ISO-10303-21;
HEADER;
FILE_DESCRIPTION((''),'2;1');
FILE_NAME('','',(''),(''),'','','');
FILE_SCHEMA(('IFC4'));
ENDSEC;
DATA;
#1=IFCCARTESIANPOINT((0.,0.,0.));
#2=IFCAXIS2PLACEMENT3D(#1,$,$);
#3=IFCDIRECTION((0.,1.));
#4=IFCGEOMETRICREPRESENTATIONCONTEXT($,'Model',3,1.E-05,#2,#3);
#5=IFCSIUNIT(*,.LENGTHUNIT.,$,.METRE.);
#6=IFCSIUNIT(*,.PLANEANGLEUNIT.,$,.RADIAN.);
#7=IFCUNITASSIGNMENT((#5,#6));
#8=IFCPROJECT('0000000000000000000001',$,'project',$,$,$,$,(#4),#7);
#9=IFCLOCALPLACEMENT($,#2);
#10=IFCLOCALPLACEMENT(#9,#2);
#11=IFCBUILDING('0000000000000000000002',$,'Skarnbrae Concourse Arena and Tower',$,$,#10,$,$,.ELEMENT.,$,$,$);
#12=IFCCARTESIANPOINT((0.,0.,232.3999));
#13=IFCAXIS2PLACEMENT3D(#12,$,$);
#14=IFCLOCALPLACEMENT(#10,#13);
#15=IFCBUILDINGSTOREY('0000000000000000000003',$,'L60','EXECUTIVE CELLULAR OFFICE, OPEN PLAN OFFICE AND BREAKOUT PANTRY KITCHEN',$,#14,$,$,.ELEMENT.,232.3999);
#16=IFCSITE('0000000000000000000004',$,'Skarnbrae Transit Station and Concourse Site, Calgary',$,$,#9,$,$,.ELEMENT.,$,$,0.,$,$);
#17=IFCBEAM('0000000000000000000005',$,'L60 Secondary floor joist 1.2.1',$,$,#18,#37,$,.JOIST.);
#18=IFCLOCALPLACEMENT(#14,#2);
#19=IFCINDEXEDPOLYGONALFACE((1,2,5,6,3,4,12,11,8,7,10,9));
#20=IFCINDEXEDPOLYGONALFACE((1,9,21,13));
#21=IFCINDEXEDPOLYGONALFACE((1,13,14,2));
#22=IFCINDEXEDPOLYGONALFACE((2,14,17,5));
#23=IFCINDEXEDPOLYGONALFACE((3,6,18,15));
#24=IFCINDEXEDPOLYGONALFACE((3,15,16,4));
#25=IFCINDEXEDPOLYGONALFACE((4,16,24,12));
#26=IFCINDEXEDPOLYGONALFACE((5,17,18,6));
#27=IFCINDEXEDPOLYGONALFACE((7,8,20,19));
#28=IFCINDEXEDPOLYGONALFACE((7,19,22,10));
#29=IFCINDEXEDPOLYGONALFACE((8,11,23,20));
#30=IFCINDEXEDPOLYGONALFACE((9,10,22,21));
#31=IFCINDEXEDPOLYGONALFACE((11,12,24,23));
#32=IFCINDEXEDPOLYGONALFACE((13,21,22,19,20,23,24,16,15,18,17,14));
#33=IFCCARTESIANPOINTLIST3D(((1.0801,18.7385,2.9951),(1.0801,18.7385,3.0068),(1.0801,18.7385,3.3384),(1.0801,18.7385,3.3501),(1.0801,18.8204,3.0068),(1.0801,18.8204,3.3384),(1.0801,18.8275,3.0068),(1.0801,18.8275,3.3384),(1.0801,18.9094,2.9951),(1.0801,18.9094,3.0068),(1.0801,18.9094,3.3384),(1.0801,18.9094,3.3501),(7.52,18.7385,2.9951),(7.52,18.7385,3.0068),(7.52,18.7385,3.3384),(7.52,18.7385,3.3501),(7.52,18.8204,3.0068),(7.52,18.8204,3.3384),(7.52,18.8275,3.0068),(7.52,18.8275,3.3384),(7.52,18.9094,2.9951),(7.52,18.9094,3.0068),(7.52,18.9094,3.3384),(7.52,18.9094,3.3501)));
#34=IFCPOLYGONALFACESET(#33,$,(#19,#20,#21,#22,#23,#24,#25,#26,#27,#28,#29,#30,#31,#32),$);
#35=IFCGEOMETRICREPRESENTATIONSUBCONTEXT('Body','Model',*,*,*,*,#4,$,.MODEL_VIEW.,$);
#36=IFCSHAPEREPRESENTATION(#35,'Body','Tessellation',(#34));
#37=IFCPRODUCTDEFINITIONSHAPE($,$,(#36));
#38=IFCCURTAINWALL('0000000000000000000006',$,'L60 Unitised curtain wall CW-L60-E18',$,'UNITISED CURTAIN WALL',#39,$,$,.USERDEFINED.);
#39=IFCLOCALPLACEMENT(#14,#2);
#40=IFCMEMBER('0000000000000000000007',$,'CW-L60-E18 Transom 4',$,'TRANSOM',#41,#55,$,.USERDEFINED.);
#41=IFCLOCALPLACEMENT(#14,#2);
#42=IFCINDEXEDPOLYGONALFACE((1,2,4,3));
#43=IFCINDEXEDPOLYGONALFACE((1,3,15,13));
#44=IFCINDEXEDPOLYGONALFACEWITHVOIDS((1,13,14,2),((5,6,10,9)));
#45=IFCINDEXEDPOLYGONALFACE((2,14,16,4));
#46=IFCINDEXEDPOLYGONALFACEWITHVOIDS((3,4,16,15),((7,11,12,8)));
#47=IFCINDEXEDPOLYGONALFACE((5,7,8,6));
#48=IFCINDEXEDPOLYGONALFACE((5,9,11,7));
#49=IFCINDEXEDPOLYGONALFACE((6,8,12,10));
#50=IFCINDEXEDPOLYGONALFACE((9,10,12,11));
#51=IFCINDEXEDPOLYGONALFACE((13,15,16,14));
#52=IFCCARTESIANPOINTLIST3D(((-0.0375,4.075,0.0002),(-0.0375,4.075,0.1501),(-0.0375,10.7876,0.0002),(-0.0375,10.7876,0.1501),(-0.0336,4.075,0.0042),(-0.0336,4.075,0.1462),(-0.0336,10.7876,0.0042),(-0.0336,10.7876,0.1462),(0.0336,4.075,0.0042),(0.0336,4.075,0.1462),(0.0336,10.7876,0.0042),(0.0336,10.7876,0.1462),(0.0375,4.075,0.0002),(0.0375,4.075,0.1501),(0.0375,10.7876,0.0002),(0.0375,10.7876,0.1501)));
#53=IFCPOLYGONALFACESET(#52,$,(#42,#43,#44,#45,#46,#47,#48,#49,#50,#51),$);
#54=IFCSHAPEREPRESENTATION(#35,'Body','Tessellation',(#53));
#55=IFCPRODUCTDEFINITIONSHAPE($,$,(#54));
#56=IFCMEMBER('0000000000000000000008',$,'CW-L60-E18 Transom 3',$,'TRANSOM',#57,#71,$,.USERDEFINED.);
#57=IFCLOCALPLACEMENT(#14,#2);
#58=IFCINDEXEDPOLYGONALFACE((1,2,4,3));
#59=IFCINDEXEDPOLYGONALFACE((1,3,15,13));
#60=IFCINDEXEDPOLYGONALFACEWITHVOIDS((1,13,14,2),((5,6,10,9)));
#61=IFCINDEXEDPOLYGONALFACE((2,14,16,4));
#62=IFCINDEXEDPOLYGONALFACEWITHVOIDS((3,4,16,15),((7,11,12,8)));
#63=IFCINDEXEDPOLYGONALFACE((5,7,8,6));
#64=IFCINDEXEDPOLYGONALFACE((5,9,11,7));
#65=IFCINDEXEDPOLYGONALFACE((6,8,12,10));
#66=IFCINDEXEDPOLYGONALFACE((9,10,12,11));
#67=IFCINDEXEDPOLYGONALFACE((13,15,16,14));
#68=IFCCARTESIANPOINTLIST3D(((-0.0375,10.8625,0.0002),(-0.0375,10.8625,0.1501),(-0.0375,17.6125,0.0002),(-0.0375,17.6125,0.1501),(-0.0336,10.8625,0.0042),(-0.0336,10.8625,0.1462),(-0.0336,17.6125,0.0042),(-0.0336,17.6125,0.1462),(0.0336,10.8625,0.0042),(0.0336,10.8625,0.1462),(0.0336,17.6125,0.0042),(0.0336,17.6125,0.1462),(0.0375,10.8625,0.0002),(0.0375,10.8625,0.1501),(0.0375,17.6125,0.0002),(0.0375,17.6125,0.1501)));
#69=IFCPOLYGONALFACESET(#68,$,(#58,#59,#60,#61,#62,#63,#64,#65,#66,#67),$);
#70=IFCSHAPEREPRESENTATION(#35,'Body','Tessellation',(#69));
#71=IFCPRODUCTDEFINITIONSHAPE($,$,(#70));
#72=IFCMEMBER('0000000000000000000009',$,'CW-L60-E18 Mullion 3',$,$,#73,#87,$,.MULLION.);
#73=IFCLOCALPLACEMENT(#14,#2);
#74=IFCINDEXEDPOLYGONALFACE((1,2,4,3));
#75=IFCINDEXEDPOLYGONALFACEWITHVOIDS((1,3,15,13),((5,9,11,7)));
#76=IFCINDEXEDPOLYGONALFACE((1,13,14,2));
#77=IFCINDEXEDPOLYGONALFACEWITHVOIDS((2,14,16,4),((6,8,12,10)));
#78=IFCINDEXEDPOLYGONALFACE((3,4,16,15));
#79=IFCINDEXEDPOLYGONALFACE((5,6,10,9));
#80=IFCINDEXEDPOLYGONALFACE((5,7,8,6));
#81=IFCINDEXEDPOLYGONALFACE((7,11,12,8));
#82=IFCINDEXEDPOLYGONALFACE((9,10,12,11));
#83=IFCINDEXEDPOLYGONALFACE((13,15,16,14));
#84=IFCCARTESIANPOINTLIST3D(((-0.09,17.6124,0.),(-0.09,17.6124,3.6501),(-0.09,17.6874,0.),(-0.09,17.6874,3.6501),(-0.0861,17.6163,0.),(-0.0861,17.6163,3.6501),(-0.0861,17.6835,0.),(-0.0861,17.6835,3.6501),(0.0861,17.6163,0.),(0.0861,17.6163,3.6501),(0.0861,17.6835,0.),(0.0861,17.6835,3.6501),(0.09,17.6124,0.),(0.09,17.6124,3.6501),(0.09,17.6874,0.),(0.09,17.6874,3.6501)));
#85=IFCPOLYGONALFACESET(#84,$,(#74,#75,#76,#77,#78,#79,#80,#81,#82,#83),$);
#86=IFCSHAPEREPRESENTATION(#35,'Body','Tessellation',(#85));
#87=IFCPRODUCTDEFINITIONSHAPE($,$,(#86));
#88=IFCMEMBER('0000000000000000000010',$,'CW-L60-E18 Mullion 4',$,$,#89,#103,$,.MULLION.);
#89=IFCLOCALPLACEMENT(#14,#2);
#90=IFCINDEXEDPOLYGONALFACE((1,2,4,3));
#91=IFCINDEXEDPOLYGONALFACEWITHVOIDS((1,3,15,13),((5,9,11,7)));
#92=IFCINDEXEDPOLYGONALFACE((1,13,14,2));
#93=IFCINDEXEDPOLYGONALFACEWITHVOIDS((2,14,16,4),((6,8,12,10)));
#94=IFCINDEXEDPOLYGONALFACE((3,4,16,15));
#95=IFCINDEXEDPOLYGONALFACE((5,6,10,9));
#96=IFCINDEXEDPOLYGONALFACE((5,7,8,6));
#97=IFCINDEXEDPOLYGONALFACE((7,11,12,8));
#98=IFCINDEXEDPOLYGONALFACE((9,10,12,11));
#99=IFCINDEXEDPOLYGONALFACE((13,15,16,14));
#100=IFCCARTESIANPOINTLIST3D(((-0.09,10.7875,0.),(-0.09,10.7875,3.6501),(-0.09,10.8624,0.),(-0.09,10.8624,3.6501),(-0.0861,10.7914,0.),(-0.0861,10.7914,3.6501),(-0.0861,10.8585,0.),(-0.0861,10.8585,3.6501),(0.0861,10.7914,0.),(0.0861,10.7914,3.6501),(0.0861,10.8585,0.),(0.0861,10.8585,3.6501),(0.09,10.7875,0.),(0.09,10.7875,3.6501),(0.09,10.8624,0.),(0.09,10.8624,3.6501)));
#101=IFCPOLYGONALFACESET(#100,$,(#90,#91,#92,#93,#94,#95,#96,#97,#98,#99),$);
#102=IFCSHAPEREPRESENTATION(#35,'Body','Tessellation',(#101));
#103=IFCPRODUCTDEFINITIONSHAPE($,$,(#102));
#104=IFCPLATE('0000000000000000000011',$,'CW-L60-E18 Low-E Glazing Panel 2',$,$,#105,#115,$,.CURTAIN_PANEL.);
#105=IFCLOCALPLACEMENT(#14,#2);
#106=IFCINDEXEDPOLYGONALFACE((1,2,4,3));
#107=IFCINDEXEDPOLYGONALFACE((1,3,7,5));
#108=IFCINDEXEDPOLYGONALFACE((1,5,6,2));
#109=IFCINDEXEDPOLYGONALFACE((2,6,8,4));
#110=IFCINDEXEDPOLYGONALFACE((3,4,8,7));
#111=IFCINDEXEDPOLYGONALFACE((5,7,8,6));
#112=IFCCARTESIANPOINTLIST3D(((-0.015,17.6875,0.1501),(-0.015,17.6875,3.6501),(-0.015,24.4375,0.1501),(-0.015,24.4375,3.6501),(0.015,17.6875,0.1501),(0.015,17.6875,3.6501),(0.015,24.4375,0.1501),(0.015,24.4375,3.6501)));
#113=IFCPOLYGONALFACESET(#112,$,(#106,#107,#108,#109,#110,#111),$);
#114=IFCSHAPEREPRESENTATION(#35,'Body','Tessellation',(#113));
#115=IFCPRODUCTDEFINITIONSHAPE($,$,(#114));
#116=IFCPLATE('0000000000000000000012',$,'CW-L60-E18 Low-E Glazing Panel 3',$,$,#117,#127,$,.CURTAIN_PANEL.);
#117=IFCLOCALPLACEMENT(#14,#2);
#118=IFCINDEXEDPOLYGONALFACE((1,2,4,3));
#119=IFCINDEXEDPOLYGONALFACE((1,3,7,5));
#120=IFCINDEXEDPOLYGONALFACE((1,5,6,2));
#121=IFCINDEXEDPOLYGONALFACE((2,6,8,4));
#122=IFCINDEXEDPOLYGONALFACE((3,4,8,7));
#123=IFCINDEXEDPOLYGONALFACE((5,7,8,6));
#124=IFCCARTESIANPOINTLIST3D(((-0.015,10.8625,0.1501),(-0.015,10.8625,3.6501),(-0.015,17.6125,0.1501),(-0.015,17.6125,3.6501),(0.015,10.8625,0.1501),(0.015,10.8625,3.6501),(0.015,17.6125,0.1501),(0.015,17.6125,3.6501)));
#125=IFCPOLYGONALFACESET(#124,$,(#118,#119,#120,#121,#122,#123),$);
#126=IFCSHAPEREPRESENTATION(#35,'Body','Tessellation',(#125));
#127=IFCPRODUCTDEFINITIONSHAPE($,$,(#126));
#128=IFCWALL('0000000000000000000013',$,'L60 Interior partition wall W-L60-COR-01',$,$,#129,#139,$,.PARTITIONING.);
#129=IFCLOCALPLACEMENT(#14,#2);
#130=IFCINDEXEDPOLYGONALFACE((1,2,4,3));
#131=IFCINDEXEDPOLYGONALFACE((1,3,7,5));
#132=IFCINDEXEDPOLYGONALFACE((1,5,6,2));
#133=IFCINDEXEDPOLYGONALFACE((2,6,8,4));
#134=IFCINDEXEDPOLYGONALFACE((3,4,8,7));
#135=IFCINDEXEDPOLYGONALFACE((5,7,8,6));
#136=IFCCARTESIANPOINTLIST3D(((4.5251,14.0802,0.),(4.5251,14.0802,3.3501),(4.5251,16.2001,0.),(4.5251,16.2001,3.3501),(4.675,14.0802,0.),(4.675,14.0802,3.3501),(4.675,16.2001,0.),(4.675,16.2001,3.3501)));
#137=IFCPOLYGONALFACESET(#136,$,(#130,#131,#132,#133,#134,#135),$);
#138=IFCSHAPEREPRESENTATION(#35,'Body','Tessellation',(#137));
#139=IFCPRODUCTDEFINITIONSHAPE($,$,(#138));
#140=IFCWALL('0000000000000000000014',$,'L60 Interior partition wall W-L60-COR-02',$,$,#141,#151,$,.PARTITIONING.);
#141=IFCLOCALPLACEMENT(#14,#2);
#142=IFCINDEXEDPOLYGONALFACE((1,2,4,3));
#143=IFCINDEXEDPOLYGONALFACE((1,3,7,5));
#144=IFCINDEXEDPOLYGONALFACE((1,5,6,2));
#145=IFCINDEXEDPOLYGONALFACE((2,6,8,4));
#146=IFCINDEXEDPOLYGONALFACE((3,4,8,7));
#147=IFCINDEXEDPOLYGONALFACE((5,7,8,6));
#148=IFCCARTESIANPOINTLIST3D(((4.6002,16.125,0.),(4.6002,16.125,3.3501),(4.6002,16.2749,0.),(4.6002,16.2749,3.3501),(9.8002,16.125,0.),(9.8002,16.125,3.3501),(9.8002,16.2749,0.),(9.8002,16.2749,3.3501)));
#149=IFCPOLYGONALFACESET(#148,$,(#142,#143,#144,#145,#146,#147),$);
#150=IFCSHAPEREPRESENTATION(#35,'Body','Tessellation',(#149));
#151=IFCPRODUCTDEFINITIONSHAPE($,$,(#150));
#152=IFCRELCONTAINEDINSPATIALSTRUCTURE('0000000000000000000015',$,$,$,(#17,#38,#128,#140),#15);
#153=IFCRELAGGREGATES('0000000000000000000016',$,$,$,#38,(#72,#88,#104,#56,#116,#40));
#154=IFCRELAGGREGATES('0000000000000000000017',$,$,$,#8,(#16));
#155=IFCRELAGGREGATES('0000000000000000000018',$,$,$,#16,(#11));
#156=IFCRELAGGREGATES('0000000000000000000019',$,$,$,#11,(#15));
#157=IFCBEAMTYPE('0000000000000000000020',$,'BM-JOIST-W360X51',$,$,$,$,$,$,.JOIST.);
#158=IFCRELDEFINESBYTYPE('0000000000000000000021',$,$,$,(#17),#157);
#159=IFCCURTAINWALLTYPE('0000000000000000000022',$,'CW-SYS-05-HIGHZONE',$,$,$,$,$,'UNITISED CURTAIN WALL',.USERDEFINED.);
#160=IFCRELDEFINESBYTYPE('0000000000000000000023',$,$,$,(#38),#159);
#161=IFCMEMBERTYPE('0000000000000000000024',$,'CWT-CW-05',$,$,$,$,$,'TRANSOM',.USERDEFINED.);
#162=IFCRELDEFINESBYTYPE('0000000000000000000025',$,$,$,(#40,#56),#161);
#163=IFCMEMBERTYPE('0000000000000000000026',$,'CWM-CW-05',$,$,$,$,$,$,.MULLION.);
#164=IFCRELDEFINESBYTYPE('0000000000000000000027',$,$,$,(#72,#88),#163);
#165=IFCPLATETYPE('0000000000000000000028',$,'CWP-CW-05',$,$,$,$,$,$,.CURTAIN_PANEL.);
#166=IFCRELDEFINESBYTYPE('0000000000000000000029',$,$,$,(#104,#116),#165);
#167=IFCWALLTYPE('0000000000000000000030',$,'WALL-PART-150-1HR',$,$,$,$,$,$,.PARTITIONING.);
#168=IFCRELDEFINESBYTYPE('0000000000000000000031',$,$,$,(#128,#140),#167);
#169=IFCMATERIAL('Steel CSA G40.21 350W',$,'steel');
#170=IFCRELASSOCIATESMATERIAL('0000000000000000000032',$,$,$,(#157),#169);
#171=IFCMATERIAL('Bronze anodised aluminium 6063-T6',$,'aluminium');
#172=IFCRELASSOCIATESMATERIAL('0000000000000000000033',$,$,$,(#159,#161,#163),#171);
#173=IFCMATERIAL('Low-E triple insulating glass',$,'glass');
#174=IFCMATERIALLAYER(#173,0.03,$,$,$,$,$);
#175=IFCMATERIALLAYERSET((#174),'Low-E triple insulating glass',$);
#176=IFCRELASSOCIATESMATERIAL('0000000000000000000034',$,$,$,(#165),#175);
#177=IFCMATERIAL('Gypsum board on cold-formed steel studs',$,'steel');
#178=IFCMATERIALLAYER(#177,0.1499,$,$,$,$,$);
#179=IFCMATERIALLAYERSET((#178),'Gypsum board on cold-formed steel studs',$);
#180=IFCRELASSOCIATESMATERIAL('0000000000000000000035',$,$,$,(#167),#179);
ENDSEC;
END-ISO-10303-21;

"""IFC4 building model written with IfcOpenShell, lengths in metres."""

from ifc_helpers import new_model, si_unit, direction, frame, frame_2d, origin, origin_2d, place, context, subcontext, project, spatial, rectangle, hollow_rectangle, i_section, extrude, source, transform, mapped, material, layer, layer_set, material_profile, profile_set, type_object, element, aggregate, save


model = new_model("IFC4")

# Units and contexts
model_context = context("Model", 3, precision=1e-05, world=origin(), true_north=direction((0.0, 1.0)))
body_context = subcontext(model_context, "Body", "Model", "MODEL_VIEW")
ifc_project = project(units=[si_unit("LENGTHUNIT", "METRE"), si_unit("PLANEANGLEUNIT", "RADIAN")], contexts=[model_context])

# Site, building, storey
site_placement = place(None, origin())
site = spatial("IfcSite", under=ifc_project, at=site_placement, Name="Skarnbrae Transit Station and Concourse Site, Calgary", CompositionType="ELEMENT", RefElevation=0.0)
building_placement = place(site_placement, origin())
building = spatial("IfcBuilding", under=site, at=building_placement, Name="Skarnbrae Concourse Arena and Tower", CompositionType="ELEMENT")
storey_placement = place(building_placement, frame((0.0, 0.0, 232.3999)))
storey = spatial("IfcBuildingStorey", under=building, at=storey_placement, Name="L60", Description="EXECUTIVE CELLULAR OFFICE, OPEN PLAN OFFICE AND BREAKOUT PANTRY KITCHEN", CompositionType="ELEMENT", Elevation=232.3999)

# Shared definitions
ifc_material_1 = material(Name="Steel CSA G40.21 350W", Category="steel")

# Beam
ifc_material_profile_1 = material_profile(ifc_material_1, i_section(OverallWidth=0.1709, OverallDepth=0.355, WebThickness=0.0071, FlangeThickness=0.0117, at=origin_2d()), Name="W360X51")
ifc_profile_set_1 = profile_set([ifc_material_profile_1], Name="Steel CSA G40.21 350W")
beam_type_1 = type_object("IfcBeamType", Name="BM-JOIST-W360X51", PredefinedType="JOIST", material=ifc_profile_set_1)
shared_shape_1 = source(origin(), body_context, "Body", "SweptSolid", [
    extrude(i_section(OverallWidth=0.1709, OverallDepth=0.355, WebThickness=0.0071, FlangeThickness=0.0117, at=origin_2d()), origin(), (0.0, 0.0, 1.0), 6.4399),
])
for number, where, z_axis, x_axis, name in (
    (1, (1.0801, 18.824, 3.1726), (1.0, 0.0, 0.0), (0.0, 1.0, 0.0), "L60 Secondary floor joist 1.2.1"),
):
    element("IfcBeam", number, at=place(storey_placement, frame(where, z_axis=z_axis, x_axis=x_axis)), inside=storey, type_object=beam_type_1, Name=name, PredefinedType="JOIST", context=body_context, shape_type="MappedRepresentation", body=[
        mapped(shared_shape_1, transform((0.0, 0.0, 0.0))),
    ])

# Curtain wall, members, plates
ifc_material_2 = material(Name="Bronze anodised aluminium 6063-T6", Category="aluminium")
curtain_wall_type = type_object("IfcCurtainWallType", Name="CW-SYS-05-HIGHZONE", ElementType="UNITISED CURTAIN WALL", PredefinedType="USERDEFINED", material=ifc_material_2)
curtain_wall_placement = place(storey_placement, origin())
curtain_wall = element("IfcCurtainWall", 2, at=curtain_wall_placement, inside=storey, type_object=curtain_wall_type, Name="L60 Unitised curtain wall CW-L60-E18", ObjectType="UNITISED CURTAIN WALL", PredefinedType="USERDEFINED")
ifc_material_profile_2 = material_profile(ifc_material_2, hollow_rectangle(XDim=0.075, YDim=0.1499, WallThickness=0.0039, at=origin_2d()), Name="ALU-TRAN-75X150")
ifc_profile_set_2 = profile_set([ifc_material_profile_2], Name="Bronze anodised aluminium 6063-T6")
member_type_1 = type_object("IfcMemberType", Name="CWT-CW-05", ElementType="TRANSOM", PredefinedType="USERDEFINED", material=ifc_profile_set_2)
shared_shape_2 = source(origin(), body_context, "Body", "SweptSolid", [
    extrude(hollow_rectangle(XDim=0.075, YDim=0.1499, WallThickness=0.0039, at=origin_2d()), origin(), (0.0, 0.0, 1.0), 6.7126),
])
member_1_placement = place(storey_placement, frame((0.0, 10.7876, 0.0752), z_axis=(0.0, -1.0, 0.0), x_axis=(1.0, 0.0, 0.0)))
member_1 = element("IfcMember", 3, at=member_1_placement, type_object=member_type_1, Name="CW-L60-E18 Transom 4", ObjectType="TRANSOM", PredefinedType="USERDEFINED", context=body_context, shape_type="MappedRepresentation", body=[
    mapped(shared_shape_2, transform((0.0, 0.0, 0.0))),
])
shared_shape_3 = source(origin(), body_context, "Body", "SweptSolid", [
    extrude(hollow_rectangle(XDim=0.075, YDim=0.1499, WallThickness=0.0039, at=origin_2d()), origin(), (0.0, 0.0, 1.0), 6.75),
])
member_2_placement = place(storey_placement, frame((0.0, 17.6125, 0.0752), z_axis=(0.0, -1.0, 0.0), x_axis=(1.0, 0.0, 0.0)))
member_2 = element("IfcMember", 4, at=member_2_placement, type_object=member_type_1, Name="CW-L60-E18 Transom 3", ObjectType="TRANSOM", PredefinedType="USERDEFINED", context=body_context, shape_type="MappedRepresentation", body=[
    mapped(shared_shape_3, transform((0.0, 0.0, 0.0))),
])
ifc_material_profile_3 = material_profile(ifc_material_2, hollow_rectangle(XDim=0.075, YDim=0.1799, WallThickness=0.0039, at=origin_2d()), Name="ALU-MULL-75X180")
ifc_profile_set_3 = profile_set([ifc_material_profile_3], Name="Bronze anodised aluminium 6063-T6")
member_type_2 = type_object("IfcMemberType", Name="CWM-CW-05", PredefinedType="MULLION", material=ifc_profile_set_3)
shared_shape_4 = source(origin(), body_context, "Body", "SweptSolid", [
    extrude(hollow_rectangle(XDim=0.075, YDim=0.1799, WallThickness=0.0039, at=origin_2d()), origin(), (0.0, 0.0, 1.0), 3.6501),
])
member_3_placement = place(storey_placement, frame((0.0, 17.6499, 0.0), z_axis=(0.0, 0.0, 1.0), x_axis=(0.0, -1.0, 0.0)))
member_3 = element("IfcMember", 5, at=member_3_placement, type_object=member_type_2, Name="CW-L60-E18 Mullion 3", PredefinedType="MULLION", context=body_context, shape_type="MappedRepresentation", body=[
    mapped(shared_shape_4, transform((0.0, 0.0, 0.0))),
])
member_4_placement = place(storey_placement, frame((0.0, 10.825, 0.0), z_axis=(0.0, 0.0, 1.0), x_axis=(0.0, -1.0, 0.0)))
member_4 = element("IfcMember", 6, at=member_4_placement, type_object=member_type_2, Name="CW-L60-E18 Mullion 4", PredefinedType="MULLION", context=body_context, shape_type="MappedRepresentation", body=[
    mapped(shared_shape_4, transform((0.0, 0.0, 0.0))),
])
ifc_material_3 = material(Name="Low-E triple insulating glass", Category="glass")
ifc_layer_1 = layer(ifc_material_3, 0.03)
ifc_layer_set_1 = layer_set([ifc_layer_1], Name="Low-E triple insulating glass")
plate_type = type_object("IfcPlateType", Name="CWP-CW-05", PredefinedType="CURTAIN_PANEL", material=ifc_layer_set_1)
shared_shape_5 = source(origin(), body_context, "Body", "SweptSolid", [
    extrude(rectangle(XDim=6.75, YDim=0.03, at=origin_2d()), origin(), (0.0, 0.0, 1.0), 3.5),
])
plate_1_placement = place(storey_placement, frame((0.0, 21.0625, 0.1501), z_axis=(0.0, 0.0, 1.0), x_axis=(0.0, -1.0, 0.0)))
plate_1 = element("IfcPlate", 7, at=plate_1_placement, type_object=plate_type, Name="CW-L60-E18 Low-E Glazing Panel 2", PredefinedType="CURTAIN_PANEL", context=body_context, shape_type="MappedRepresentation", body=[
    mapped(shared_shape_5, transform((0.0, 0.0, 0.0))),
])
plate_2_placement = place(storey_placement, frame((0.0, 14.2375, 0.1501), z_axis=(0.0, 0.0, 1.0), x_axis=(0.0, -1.0, 0.0)))
plate_2 = element("IfcPlate", 8, at=plate_2_placement, type_object=plate_type, Name="CW-L60-E18 Low-E Glazing Panel 3", PredefinedType="CURTAIN_PANEL", context=body_context, shape_type="MappedRepresentation", body=[
    mapped(shared_shape_5, transform((0.0, 0.0, 0.0))),
])
aggregate(curtain_wall, [member_3, member_4, plate_1, member_2, plate_2, member_1])

# Walls
ifc_material_4 = material(Name="Gypsum board on cold-formed steel studs", Category="steel")
ifc_layer_2 = layer(ifc_material_4, 0.1499)
ifc_layer_set_2 = layer_set([ifc_layer_2], Name="Gypsum board on cold-formed steel studs")
wall_type_1 = type_object("IfcWallType", Name="WALL-PART-150-1HR", PredefinedType="PARTITIONING", material=ifc_layer_set_2)
shared_shape_6 = source(origin(), body_context, "Body", "SweptSolid", [
    extrude(rectangle(XDim=2.1199, YDim=0.1499, at=frame_2d((1.0601, 0.0))), origin(), (0.0, 0.0, 1.0), 3.3501),
])
wall_1_placement = place(storey_placement, frame((4.6001, 14.0801, 0.0), z_axis=(0.0, 0.0, 1.0), x_axis=(0.0, 1.0, 0.0)))
element("IfcWall", 9, at=wall_1_placement, inside=storey, type_object=wall_type_1, Name="L60 Interior partition wall W-L60-COR-01", PredefinedType="PARTITIONING", context=body_context, shape_type="MappedRepresentation", body=[
    mapped(shared_shape_6, transform((0.0, 0.0, 0.0))),
])
shared_shape_7 = source(origin(), body_context, "Body", "SweptSolid", [
    extrude(rectangle(XDim=5.2, YDim=0.1499, at=frame_2d((2.6001, 0.0))), origin(), (0.0, 0.0, 1.0), 3.3501),
])
wall_2_placement = place(storey_placement, frame((4.6001, 16.2, 0.0), z_axis=(0.0, 0.0, 1.0), x_axis=(1.0, 0.0, 0.0)))
element("IfcWall", 10, at=wall_2_placement, inside=storey, type_object=wall_type_1, Name="L60 Interior partition wall W-L60-COR-02", PredefinedType="PARTITIONING", context=body_context, shape_type="MappedRepresentation", body=[
    mapped(shared_shape_7, transform((0.0, 0.0, 0.0))),
])

save(model, "model.ifc")
